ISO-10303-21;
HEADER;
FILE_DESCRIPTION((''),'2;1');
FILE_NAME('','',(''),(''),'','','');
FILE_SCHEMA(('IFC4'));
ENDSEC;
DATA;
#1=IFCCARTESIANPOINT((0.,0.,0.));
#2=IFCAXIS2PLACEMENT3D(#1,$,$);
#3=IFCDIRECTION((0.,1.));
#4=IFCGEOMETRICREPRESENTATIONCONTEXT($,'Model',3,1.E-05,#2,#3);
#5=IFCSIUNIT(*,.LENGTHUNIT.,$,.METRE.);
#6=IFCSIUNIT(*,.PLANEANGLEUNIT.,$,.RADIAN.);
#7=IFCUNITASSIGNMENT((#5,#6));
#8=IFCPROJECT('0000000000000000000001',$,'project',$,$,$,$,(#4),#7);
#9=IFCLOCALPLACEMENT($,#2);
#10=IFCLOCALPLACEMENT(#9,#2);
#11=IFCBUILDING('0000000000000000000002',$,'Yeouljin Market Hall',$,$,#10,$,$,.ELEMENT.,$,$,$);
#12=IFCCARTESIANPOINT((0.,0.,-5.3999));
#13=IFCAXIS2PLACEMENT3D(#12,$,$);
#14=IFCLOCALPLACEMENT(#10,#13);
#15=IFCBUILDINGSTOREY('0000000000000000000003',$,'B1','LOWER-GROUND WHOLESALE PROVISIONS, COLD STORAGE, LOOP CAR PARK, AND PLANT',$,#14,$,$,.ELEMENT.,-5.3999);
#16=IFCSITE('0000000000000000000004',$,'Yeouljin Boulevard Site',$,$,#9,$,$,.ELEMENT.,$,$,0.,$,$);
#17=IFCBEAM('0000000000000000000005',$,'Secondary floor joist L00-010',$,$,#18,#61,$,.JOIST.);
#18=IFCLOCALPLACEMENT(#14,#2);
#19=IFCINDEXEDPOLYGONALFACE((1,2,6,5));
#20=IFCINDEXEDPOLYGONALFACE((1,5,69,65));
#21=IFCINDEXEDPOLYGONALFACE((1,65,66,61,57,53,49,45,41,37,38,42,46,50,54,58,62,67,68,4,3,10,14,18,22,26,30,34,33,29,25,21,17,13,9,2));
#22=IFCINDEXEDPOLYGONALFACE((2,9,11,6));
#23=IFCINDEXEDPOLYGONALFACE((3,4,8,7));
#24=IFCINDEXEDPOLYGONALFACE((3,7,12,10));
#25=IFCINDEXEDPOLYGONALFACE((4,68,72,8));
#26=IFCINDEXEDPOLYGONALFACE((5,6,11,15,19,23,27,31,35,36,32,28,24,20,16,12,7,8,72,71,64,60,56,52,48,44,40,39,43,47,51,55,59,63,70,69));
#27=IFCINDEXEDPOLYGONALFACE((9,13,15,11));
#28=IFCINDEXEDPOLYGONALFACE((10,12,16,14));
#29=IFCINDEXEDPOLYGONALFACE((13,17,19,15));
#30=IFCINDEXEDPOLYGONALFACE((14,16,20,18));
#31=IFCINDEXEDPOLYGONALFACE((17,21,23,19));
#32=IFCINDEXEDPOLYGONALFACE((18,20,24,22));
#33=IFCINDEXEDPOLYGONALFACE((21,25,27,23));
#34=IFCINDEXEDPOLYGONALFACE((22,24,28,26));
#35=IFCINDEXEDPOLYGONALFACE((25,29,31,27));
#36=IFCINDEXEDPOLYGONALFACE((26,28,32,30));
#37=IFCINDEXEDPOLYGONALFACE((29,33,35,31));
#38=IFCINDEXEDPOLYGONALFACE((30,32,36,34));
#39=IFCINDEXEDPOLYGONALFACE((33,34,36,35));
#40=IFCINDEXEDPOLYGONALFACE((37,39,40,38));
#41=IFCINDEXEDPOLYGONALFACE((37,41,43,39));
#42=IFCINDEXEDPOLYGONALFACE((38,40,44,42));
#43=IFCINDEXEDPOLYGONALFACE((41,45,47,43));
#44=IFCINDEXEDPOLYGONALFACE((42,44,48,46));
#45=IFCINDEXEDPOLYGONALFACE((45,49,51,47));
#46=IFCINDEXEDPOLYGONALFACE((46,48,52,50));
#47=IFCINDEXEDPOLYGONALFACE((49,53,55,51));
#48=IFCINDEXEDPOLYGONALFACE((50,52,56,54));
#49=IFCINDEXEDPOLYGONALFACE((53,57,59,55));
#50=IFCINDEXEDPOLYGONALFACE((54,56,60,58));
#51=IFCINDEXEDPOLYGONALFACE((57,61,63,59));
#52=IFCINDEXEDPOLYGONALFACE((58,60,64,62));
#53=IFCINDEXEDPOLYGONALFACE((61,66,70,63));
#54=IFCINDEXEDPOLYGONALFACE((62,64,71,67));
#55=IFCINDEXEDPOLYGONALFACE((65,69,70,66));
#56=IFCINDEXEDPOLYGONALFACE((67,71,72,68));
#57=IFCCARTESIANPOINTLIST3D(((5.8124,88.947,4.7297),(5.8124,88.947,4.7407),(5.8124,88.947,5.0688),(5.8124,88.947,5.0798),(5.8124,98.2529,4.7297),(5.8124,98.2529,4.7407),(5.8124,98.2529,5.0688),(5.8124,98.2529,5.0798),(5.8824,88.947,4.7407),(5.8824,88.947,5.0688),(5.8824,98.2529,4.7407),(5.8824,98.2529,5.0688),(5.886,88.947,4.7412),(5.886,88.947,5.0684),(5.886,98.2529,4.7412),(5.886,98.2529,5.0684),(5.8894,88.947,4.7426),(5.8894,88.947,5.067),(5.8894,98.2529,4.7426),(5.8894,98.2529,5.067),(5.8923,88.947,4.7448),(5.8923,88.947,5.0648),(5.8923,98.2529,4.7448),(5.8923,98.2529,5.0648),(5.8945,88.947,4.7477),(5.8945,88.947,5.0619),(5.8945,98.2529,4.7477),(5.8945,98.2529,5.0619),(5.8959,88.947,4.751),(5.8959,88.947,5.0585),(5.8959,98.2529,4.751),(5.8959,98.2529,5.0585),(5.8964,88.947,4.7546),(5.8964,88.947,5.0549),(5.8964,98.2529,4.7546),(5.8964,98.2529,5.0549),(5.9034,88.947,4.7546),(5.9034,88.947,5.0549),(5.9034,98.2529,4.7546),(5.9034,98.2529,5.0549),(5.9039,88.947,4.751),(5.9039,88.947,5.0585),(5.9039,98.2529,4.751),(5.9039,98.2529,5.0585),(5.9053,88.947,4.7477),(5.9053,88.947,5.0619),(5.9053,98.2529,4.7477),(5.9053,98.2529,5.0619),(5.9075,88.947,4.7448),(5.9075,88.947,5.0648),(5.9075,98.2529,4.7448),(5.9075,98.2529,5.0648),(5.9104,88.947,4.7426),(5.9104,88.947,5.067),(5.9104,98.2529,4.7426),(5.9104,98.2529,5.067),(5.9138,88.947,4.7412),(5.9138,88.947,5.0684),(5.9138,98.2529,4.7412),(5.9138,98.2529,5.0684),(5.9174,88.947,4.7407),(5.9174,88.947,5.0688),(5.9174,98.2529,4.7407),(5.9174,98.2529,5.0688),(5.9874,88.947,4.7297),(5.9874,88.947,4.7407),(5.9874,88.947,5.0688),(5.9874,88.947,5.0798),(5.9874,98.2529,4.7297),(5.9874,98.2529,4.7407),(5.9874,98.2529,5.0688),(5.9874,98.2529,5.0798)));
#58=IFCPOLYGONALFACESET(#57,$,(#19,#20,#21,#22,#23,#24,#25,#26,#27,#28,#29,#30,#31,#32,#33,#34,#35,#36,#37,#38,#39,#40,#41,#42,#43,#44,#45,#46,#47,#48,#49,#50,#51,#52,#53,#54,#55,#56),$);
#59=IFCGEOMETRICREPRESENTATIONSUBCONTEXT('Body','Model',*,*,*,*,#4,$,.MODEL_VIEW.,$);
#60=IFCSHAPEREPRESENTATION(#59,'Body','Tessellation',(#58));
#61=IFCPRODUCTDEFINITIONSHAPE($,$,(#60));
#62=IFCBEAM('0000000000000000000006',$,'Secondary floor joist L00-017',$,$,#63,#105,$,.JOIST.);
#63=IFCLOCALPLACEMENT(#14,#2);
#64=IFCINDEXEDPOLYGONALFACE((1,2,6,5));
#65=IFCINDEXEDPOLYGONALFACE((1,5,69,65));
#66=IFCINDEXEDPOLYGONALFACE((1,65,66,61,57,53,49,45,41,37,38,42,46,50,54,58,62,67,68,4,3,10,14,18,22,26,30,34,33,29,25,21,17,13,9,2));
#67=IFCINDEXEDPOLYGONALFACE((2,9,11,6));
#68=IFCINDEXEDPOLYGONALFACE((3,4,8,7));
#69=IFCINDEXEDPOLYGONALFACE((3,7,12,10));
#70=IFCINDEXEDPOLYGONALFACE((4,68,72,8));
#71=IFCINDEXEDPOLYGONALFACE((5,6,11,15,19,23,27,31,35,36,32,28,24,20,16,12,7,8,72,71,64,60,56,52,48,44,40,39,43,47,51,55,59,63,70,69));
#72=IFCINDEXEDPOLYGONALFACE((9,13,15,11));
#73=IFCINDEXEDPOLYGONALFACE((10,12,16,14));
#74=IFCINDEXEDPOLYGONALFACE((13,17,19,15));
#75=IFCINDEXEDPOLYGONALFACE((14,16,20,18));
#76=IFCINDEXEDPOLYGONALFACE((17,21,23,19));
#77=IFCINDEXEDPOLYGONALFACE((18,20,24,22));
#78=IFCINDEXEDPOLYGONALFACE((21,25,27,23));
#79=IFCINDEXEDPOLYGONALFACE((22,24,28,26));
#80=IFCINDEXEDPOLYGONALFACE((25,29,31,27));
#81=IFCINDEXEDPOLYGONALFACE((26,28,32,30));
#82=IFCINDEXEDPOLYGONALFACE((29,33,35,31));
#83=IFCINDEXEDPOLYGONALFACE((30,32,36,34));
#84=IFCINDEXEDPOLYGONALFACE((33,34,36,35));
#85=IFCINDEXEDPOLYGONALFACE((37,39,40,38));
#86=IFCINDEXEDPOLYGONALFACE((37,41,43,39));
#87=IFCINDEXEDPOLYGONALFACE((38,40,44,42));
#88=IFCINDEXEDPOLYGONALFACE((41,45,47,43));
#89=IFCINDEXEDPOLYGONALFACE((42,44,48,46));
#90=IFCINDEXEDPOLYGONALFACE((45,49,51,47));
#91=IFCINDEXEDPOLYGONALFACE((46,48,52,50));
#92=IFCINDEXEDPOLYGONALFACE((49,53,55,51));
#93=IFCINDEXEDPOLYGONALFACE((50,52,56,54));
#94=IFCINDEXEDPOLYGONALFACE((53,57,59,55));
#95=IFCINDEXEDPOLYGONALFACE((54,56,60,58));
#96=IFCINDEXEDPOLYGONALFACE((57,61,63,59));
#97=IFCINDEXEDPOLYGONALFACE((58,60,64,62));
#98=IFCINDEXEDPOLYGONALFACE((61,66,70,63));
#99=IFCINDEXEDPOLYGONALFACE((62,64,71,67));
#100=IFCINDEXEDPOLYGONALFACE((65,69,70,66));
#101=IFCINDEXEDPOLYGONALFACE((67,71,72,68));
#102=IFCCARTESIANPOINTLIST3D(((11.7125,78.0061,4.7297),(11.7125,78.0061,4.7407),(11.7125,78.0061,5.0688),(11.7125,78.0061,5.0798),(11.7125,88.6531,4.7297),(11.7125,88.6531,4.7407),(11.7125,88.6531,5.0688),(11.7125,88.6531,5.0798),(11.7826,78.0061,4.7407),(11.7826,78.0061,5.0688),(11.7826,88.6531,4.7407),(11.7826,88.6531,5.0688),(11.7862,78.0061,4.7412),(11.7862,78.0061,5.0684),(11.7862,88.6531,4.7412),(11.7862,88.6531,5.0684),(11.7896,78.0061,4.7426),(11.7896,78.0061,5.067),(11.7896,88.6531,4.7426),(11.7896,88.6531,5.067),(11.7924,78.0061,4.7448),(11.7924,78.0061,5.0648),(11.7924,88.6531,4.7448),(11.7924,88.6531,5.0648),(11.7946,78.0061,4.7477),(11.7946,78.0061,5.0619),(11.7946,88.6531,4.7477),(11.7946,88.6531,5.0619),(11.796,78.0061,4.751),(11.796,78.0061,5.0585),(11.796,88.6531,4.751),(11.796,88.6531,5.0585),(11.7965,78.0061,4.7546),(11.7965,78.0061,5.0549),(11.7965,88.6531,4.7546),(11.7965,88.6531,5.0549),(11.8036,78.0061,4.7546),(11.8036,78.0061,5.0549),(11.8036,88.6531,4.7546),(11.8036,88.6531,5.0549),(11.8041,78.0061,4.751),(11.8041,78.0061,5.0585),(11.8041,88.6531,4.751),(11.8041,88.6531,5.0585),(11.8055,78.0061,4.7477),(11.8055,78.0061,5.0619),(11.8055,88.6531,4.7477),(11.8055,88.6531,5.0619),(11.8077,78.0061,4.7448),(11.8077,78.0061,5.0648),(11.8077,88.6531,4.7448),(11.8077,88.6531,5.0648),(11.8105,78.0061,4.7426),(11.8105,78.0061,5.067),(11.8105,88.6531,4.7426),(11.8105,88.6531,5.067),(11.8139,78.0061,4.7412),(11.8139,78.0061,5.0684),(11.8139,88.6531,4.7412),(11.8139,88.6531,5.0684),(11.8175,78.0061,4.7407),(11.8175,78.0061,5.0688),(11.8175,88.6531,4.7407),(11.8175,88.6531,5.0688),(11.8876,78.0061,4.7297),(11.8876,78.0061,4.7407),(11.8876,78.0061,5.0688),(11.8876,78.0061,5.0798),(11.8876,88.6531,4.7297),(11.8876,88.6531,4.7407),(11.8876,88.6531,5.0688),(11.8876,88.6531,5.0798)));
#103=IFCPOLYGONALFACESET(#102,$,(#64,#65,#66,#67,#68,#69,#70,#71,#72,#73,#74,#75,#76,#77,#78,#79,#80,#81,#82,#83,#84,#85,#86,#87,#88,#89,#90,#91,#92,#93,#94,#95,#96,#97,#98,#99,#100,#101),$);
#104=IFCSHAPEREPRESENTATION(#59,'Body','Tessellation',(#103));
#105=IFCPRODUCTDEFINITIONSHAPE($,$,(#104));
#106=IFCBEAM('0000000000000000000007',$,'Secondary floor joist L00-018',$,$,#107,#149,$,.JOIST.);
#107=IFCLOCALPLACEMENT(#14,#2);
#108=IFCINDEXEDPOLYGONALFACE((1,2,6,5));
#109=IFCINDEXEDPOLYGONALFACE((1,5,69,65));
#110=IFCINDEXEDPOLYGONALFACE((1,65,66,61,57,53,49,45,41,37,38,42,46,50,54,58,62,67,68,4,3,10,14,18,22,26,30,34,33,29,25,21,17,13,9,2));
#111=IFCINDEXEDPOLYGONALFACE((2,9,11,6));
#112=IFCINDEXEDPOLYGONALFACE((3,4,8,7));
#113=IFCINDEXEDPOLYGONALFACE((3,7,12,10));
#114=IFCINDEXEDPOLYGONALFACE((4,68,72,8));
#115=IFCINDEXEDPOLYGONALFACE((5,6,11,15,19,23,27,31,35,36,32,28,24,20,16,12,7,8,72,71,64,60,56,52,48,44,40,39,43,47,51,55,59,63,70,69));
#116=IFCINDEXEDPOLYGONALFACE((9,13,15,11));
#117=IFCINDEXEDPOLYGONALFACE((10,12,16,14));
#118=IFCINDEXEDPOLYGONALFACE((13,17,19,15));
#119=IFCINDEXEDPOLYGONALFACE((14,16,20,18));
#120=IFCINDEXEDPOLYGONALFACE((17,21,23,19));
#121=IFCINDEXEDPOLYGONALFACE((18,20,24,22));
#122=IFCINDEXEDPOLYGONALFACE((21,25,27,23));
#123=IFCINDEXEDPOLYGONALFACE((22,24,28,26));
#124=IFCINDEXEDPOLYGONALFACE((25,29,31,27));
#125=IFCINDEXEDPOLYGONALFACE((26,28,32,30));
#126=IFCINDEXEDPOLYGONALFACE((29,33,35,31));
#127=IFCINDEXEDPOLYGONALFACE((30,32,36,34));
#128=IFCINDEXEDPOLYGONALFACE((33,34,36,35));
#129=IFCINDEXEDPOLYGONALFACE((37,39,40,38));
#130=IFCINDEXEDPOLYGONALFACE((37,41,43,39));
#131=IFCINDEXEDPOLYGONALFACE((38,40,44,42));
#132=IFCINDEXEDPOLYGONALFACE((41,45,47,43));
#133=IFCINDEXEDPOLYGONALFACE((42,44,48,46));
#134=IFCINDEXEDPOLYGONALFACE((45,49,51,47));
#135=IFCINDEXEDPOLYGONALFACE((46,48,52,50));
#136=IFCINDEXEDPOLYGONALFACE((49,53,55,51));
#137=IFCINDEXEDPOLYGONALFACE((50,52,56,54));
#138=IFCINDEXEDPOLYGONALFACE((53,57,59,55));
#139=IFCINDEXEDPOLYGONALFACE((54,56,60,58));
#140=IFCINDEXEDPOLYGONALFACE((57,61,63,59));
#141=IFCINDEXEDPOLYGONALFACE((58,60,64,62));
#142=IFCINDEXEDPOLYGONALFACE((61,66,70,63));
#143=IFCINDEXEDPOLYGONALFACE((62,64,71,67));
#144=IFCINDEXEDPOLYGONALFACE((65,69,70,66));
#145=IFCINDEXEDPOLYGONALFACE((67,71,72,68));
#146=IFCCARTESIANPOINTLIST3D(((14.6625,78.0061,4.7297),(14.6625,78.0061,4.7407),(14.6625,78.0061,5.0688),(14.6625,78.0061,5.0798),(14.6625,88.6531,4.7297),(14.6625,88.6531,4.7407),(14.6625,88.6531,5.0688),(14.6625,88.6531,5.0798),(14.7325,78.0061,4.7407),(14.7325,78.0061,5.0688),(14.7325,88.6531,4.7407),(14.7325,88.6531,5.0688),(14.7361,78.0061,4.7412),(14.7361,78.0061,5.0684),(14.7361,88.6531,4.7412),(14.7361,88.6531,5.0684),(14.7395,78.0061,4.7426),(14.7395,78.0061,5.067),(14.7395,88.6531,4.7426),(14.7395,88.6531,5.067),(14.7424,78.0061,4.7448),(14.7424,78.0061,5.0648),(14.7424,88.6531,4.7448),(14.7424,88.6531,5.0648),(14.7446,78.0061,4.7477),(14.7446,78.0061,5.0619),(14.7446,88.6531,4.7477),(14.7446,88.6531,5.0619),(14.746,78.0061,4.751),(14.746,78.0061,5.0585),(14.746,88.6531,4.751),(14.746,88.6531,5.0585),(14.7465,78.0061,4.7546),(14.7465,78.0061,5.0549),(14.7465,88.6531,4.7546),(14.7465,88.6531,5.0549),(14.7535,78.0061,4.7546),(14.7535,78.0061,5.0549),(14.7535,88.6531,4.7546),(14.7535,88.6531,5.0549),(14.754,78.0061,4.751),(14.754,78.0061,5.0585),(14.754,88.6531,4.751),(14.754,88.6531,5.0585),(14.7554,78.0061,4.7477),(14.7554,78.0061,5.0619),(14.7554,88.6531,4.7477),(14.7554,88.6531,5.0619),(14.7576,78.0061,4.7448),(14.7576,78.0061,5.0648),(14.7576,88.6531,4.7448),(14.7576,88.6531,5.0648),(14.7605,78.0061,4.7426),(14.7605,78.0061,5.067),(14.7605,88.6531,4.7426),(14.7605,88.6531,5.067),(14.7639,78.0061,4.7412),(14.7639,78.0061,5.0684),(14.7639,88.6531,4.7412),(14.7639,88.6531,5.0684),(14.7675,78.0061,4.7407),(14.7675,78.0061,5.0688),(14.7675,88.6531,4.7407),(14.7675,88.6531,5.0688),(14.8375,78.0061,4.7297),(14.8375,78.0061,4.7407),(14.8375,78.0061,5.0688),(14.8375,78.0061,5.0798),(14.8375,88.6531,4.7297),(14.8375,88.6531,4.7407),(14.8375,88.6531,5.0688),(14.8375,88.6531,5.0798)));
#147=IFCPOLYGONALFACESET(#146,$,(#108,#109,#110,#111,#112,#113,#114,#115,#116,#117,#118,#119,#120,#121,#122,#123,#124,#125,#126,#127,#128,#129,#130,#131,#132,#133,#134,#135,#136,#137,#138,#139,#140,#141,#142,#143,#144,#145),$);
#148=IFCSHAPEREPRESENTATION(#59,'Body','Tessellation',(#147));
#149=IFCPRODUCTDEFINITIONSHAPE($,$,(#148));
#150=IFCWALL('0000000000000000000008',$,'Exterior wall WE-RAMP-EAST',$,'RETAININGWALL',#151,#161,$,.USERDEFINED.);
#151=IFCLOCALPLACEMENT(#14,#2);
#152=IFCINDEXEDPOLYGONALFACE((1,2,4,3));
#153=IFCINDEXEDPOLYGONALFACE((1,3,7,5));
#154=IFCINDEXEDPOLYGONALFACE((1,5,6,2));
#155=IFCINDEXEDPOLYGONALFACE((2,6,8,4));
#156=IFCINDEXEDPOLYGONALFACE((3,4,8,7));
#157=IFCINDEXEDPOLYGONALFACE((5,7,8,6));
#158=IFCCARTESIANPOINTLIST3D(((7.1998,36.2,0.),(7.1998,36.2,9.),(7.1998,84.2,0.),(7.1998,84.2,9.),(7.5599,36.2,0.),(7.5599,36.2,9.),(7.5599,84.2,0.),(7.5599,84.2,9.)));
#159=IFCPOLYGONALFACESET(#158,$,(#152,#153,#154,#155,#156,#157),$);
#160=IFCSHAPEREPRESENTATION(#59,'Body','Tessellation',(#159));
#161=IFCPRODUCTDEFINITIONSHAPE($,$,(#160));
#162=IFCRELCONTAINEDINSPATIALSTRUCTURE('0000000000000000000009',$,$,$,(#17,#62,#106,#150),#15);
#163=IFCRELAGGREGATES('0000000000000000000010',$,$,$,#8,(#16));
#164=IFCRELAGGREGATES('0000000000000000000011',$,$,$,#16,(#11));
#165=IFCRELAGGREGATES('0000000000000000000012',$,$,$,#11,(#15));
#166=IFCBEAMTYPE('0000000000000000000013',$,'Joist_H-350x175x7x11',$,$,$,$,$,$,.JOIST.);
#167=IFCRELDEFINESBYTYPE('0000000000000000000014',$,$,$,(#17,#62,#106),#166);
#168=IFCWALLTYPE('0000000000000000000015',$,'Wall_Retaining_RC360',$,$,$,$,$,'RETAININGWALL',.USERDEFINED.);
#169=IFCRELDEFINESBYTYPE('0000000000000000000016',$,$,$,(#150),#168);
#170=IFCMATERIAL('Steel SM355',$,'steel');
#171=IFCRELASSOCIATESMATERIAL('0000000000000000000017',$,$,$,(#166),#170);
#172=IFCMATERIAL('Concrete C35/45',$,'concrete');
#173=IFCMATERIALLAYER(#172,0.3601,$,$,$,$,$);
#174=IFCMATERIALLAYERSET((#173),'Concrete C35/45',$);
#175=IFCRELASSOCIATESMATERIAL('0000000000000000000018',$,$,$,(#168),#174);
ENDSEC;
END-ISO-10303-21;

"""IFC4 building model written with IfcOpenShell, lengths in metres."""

from ifc_helpers import new_model, si_unit, direction, frame, frame_2d, origin, origin_2d, place, context, subcontext, project, spatial, rectangle, i_section, extrude, material, layer, layer_set, material_profile, profile_set, type_object, element, save


model = new_model("IFC4")

# Units and contexts
model_context = context("Model", 3, precision=1e-05, world=origin(), true_north=direction((0.0, 1.0)))
body_context = subcontext(model_context, "Body", "Model", "MODEL_VIEW")
ifc_project = project(units=[si_unit("LENGTHUNIT", "METRE"), si_unit("PLANEANGLEUNIT", "RADIAN")], contexts=[model_context])

# Site, building, storey
site_placement = place(None, origin())
site = spatial("IfcSite", under=ifc_project, at=site_placement, Name="Yeouljin Boulevard Site", CompositionType="ELEMENT", RefElevation=0.0)
building_placement = place(site_placement, origin())
building = spatial("IfcBuilding", under=site, at=building_placement, Name="Yeouljin Market Hall", CompositionType="ELEMENT")
storey_placement = place(building_placement, frame((0.0, 0.0, -5.3999)))
storey = spatial("IfcBuildingStorey", under=building, at=storey_placement, Name="B1", Description="LOWER-GROUND WHOLESALE PROVISIONS, COLD STORAGE, LOOP CAR PARK, AND PLANT", CompositionType="ELEMENT", Elevation=-5.3999)

# Beams
ifc_material_1 = material(Name="Steel SM355", Category="steel")
ifc_material_profile_1 = material_profile(ifc_material_1, i_section(OverallWidth=0.175, OverallDepth=0.3501, WebThickness=0.0071, FlangeThickness=0.011, FilletRadius=0.0139, at=origin_2d()), Name="H-350x175x7x11")
ifc_profile_set_1 = profile_set([ifc_material_profile_1], Name="Steel SM355")
beam_type_1 = type_object("IfcBeamType", Name="Joist_H-350x175x7x11", PredefinedType="JOIST", material=ifc_profile_set_1)
for number, where, z_axis, x_axis, name in (
    (1, (5.8999, 88.947, 4.9048), (0.0, 1.0, 0.0), (-1.0, 0.0, 0.0), "Secondary floor joist L00-010"),
):
    element("IfcBeam", number, at=place(storey_placement, frame(where, z_axis=z_axis, x_axis=x_axis)), inside=storey, type_object=beam_type_1, Name=name, PredefinedType="JOIST", context=body_context, shape_type="SweptSolid", body=[
        extrude(i_section(OverallWidth=0.175, OverallDepth=0.3501, WebThickness=0.0071, FlangeThickness=0.011, FilletRadius=0.0139, at=origin_2d()), origin(), (0.0, 0.0, 1.0), 9.3059),
    ])
for number, where, z_axis, x_axis, name in (
    (2, (11.8, 78.0061, 4.9048), (0.0, 1.0, 0.0), (-1.0, 0.0, 0.0), "Secondary floor joist L00-017"),
    (3, (14.75, 78.0061, 4.9048), (0.0, 1.0, 0.0), (-1.0, 0.0, 0.0), "Secondary floor joist L00-018"),
):
    element("IfcBeam", number, at=place(storey_placement, frame(where, z_axis=z_axis, x_axis=x_axis)), inside=storey, type_object=beam_type_1, Name=name, PredefinedType="JOIST", context=body_context, shape_type="SweptSolid", body=[
        extrude(i_section(OverallWidth=0.175, OverallDepth=0.3501, WebThickness=0.0071, FlangeThickness=0.011, FilletRadius=0.0139, at=origin_2d()), origin(), (0.0, 0.0, 1.0), 10.647),
    ])

# Wall
ifc_material_2 = material(Name="Concrete C35/45", Category="concrete")
ifc_layer = layer(ifc_material_2, 0.3601)
ifc_layer_set = layer_set([ifc_layer], Name="Concrete C35/45")
wall_type = type_object("IfcWallType", Name="Wall_Retaining_RC360", ElementType="RETAININGWALL", PredefinedType="USERDEFINED", material=ifc_layer_set)
wall_placement = place(storey_placement, frame((7.3799, 84.2, 0.0), z_axis=(0.0, 0.0, 1.0), x_axis=(0.0, -1.0, 0.0)))
element("IfcWall", 4, at=wall_placement, inside=storey, type_object=wall_type, Name="Exterior wall WE-RAMP-EAST", ObjectType="RETAININGWALL", PredefinedType="USERDEFINED", context=body_context, shape_type="SweptSolid", body=[
    extrude(rectangle(XDim=48.0, YDim=0.3601, at=frame_2d((24.0, 0.0))), origin(), (0.0, 0.0, 1.0), 9.0),
])

save(model, "model.ifc")
